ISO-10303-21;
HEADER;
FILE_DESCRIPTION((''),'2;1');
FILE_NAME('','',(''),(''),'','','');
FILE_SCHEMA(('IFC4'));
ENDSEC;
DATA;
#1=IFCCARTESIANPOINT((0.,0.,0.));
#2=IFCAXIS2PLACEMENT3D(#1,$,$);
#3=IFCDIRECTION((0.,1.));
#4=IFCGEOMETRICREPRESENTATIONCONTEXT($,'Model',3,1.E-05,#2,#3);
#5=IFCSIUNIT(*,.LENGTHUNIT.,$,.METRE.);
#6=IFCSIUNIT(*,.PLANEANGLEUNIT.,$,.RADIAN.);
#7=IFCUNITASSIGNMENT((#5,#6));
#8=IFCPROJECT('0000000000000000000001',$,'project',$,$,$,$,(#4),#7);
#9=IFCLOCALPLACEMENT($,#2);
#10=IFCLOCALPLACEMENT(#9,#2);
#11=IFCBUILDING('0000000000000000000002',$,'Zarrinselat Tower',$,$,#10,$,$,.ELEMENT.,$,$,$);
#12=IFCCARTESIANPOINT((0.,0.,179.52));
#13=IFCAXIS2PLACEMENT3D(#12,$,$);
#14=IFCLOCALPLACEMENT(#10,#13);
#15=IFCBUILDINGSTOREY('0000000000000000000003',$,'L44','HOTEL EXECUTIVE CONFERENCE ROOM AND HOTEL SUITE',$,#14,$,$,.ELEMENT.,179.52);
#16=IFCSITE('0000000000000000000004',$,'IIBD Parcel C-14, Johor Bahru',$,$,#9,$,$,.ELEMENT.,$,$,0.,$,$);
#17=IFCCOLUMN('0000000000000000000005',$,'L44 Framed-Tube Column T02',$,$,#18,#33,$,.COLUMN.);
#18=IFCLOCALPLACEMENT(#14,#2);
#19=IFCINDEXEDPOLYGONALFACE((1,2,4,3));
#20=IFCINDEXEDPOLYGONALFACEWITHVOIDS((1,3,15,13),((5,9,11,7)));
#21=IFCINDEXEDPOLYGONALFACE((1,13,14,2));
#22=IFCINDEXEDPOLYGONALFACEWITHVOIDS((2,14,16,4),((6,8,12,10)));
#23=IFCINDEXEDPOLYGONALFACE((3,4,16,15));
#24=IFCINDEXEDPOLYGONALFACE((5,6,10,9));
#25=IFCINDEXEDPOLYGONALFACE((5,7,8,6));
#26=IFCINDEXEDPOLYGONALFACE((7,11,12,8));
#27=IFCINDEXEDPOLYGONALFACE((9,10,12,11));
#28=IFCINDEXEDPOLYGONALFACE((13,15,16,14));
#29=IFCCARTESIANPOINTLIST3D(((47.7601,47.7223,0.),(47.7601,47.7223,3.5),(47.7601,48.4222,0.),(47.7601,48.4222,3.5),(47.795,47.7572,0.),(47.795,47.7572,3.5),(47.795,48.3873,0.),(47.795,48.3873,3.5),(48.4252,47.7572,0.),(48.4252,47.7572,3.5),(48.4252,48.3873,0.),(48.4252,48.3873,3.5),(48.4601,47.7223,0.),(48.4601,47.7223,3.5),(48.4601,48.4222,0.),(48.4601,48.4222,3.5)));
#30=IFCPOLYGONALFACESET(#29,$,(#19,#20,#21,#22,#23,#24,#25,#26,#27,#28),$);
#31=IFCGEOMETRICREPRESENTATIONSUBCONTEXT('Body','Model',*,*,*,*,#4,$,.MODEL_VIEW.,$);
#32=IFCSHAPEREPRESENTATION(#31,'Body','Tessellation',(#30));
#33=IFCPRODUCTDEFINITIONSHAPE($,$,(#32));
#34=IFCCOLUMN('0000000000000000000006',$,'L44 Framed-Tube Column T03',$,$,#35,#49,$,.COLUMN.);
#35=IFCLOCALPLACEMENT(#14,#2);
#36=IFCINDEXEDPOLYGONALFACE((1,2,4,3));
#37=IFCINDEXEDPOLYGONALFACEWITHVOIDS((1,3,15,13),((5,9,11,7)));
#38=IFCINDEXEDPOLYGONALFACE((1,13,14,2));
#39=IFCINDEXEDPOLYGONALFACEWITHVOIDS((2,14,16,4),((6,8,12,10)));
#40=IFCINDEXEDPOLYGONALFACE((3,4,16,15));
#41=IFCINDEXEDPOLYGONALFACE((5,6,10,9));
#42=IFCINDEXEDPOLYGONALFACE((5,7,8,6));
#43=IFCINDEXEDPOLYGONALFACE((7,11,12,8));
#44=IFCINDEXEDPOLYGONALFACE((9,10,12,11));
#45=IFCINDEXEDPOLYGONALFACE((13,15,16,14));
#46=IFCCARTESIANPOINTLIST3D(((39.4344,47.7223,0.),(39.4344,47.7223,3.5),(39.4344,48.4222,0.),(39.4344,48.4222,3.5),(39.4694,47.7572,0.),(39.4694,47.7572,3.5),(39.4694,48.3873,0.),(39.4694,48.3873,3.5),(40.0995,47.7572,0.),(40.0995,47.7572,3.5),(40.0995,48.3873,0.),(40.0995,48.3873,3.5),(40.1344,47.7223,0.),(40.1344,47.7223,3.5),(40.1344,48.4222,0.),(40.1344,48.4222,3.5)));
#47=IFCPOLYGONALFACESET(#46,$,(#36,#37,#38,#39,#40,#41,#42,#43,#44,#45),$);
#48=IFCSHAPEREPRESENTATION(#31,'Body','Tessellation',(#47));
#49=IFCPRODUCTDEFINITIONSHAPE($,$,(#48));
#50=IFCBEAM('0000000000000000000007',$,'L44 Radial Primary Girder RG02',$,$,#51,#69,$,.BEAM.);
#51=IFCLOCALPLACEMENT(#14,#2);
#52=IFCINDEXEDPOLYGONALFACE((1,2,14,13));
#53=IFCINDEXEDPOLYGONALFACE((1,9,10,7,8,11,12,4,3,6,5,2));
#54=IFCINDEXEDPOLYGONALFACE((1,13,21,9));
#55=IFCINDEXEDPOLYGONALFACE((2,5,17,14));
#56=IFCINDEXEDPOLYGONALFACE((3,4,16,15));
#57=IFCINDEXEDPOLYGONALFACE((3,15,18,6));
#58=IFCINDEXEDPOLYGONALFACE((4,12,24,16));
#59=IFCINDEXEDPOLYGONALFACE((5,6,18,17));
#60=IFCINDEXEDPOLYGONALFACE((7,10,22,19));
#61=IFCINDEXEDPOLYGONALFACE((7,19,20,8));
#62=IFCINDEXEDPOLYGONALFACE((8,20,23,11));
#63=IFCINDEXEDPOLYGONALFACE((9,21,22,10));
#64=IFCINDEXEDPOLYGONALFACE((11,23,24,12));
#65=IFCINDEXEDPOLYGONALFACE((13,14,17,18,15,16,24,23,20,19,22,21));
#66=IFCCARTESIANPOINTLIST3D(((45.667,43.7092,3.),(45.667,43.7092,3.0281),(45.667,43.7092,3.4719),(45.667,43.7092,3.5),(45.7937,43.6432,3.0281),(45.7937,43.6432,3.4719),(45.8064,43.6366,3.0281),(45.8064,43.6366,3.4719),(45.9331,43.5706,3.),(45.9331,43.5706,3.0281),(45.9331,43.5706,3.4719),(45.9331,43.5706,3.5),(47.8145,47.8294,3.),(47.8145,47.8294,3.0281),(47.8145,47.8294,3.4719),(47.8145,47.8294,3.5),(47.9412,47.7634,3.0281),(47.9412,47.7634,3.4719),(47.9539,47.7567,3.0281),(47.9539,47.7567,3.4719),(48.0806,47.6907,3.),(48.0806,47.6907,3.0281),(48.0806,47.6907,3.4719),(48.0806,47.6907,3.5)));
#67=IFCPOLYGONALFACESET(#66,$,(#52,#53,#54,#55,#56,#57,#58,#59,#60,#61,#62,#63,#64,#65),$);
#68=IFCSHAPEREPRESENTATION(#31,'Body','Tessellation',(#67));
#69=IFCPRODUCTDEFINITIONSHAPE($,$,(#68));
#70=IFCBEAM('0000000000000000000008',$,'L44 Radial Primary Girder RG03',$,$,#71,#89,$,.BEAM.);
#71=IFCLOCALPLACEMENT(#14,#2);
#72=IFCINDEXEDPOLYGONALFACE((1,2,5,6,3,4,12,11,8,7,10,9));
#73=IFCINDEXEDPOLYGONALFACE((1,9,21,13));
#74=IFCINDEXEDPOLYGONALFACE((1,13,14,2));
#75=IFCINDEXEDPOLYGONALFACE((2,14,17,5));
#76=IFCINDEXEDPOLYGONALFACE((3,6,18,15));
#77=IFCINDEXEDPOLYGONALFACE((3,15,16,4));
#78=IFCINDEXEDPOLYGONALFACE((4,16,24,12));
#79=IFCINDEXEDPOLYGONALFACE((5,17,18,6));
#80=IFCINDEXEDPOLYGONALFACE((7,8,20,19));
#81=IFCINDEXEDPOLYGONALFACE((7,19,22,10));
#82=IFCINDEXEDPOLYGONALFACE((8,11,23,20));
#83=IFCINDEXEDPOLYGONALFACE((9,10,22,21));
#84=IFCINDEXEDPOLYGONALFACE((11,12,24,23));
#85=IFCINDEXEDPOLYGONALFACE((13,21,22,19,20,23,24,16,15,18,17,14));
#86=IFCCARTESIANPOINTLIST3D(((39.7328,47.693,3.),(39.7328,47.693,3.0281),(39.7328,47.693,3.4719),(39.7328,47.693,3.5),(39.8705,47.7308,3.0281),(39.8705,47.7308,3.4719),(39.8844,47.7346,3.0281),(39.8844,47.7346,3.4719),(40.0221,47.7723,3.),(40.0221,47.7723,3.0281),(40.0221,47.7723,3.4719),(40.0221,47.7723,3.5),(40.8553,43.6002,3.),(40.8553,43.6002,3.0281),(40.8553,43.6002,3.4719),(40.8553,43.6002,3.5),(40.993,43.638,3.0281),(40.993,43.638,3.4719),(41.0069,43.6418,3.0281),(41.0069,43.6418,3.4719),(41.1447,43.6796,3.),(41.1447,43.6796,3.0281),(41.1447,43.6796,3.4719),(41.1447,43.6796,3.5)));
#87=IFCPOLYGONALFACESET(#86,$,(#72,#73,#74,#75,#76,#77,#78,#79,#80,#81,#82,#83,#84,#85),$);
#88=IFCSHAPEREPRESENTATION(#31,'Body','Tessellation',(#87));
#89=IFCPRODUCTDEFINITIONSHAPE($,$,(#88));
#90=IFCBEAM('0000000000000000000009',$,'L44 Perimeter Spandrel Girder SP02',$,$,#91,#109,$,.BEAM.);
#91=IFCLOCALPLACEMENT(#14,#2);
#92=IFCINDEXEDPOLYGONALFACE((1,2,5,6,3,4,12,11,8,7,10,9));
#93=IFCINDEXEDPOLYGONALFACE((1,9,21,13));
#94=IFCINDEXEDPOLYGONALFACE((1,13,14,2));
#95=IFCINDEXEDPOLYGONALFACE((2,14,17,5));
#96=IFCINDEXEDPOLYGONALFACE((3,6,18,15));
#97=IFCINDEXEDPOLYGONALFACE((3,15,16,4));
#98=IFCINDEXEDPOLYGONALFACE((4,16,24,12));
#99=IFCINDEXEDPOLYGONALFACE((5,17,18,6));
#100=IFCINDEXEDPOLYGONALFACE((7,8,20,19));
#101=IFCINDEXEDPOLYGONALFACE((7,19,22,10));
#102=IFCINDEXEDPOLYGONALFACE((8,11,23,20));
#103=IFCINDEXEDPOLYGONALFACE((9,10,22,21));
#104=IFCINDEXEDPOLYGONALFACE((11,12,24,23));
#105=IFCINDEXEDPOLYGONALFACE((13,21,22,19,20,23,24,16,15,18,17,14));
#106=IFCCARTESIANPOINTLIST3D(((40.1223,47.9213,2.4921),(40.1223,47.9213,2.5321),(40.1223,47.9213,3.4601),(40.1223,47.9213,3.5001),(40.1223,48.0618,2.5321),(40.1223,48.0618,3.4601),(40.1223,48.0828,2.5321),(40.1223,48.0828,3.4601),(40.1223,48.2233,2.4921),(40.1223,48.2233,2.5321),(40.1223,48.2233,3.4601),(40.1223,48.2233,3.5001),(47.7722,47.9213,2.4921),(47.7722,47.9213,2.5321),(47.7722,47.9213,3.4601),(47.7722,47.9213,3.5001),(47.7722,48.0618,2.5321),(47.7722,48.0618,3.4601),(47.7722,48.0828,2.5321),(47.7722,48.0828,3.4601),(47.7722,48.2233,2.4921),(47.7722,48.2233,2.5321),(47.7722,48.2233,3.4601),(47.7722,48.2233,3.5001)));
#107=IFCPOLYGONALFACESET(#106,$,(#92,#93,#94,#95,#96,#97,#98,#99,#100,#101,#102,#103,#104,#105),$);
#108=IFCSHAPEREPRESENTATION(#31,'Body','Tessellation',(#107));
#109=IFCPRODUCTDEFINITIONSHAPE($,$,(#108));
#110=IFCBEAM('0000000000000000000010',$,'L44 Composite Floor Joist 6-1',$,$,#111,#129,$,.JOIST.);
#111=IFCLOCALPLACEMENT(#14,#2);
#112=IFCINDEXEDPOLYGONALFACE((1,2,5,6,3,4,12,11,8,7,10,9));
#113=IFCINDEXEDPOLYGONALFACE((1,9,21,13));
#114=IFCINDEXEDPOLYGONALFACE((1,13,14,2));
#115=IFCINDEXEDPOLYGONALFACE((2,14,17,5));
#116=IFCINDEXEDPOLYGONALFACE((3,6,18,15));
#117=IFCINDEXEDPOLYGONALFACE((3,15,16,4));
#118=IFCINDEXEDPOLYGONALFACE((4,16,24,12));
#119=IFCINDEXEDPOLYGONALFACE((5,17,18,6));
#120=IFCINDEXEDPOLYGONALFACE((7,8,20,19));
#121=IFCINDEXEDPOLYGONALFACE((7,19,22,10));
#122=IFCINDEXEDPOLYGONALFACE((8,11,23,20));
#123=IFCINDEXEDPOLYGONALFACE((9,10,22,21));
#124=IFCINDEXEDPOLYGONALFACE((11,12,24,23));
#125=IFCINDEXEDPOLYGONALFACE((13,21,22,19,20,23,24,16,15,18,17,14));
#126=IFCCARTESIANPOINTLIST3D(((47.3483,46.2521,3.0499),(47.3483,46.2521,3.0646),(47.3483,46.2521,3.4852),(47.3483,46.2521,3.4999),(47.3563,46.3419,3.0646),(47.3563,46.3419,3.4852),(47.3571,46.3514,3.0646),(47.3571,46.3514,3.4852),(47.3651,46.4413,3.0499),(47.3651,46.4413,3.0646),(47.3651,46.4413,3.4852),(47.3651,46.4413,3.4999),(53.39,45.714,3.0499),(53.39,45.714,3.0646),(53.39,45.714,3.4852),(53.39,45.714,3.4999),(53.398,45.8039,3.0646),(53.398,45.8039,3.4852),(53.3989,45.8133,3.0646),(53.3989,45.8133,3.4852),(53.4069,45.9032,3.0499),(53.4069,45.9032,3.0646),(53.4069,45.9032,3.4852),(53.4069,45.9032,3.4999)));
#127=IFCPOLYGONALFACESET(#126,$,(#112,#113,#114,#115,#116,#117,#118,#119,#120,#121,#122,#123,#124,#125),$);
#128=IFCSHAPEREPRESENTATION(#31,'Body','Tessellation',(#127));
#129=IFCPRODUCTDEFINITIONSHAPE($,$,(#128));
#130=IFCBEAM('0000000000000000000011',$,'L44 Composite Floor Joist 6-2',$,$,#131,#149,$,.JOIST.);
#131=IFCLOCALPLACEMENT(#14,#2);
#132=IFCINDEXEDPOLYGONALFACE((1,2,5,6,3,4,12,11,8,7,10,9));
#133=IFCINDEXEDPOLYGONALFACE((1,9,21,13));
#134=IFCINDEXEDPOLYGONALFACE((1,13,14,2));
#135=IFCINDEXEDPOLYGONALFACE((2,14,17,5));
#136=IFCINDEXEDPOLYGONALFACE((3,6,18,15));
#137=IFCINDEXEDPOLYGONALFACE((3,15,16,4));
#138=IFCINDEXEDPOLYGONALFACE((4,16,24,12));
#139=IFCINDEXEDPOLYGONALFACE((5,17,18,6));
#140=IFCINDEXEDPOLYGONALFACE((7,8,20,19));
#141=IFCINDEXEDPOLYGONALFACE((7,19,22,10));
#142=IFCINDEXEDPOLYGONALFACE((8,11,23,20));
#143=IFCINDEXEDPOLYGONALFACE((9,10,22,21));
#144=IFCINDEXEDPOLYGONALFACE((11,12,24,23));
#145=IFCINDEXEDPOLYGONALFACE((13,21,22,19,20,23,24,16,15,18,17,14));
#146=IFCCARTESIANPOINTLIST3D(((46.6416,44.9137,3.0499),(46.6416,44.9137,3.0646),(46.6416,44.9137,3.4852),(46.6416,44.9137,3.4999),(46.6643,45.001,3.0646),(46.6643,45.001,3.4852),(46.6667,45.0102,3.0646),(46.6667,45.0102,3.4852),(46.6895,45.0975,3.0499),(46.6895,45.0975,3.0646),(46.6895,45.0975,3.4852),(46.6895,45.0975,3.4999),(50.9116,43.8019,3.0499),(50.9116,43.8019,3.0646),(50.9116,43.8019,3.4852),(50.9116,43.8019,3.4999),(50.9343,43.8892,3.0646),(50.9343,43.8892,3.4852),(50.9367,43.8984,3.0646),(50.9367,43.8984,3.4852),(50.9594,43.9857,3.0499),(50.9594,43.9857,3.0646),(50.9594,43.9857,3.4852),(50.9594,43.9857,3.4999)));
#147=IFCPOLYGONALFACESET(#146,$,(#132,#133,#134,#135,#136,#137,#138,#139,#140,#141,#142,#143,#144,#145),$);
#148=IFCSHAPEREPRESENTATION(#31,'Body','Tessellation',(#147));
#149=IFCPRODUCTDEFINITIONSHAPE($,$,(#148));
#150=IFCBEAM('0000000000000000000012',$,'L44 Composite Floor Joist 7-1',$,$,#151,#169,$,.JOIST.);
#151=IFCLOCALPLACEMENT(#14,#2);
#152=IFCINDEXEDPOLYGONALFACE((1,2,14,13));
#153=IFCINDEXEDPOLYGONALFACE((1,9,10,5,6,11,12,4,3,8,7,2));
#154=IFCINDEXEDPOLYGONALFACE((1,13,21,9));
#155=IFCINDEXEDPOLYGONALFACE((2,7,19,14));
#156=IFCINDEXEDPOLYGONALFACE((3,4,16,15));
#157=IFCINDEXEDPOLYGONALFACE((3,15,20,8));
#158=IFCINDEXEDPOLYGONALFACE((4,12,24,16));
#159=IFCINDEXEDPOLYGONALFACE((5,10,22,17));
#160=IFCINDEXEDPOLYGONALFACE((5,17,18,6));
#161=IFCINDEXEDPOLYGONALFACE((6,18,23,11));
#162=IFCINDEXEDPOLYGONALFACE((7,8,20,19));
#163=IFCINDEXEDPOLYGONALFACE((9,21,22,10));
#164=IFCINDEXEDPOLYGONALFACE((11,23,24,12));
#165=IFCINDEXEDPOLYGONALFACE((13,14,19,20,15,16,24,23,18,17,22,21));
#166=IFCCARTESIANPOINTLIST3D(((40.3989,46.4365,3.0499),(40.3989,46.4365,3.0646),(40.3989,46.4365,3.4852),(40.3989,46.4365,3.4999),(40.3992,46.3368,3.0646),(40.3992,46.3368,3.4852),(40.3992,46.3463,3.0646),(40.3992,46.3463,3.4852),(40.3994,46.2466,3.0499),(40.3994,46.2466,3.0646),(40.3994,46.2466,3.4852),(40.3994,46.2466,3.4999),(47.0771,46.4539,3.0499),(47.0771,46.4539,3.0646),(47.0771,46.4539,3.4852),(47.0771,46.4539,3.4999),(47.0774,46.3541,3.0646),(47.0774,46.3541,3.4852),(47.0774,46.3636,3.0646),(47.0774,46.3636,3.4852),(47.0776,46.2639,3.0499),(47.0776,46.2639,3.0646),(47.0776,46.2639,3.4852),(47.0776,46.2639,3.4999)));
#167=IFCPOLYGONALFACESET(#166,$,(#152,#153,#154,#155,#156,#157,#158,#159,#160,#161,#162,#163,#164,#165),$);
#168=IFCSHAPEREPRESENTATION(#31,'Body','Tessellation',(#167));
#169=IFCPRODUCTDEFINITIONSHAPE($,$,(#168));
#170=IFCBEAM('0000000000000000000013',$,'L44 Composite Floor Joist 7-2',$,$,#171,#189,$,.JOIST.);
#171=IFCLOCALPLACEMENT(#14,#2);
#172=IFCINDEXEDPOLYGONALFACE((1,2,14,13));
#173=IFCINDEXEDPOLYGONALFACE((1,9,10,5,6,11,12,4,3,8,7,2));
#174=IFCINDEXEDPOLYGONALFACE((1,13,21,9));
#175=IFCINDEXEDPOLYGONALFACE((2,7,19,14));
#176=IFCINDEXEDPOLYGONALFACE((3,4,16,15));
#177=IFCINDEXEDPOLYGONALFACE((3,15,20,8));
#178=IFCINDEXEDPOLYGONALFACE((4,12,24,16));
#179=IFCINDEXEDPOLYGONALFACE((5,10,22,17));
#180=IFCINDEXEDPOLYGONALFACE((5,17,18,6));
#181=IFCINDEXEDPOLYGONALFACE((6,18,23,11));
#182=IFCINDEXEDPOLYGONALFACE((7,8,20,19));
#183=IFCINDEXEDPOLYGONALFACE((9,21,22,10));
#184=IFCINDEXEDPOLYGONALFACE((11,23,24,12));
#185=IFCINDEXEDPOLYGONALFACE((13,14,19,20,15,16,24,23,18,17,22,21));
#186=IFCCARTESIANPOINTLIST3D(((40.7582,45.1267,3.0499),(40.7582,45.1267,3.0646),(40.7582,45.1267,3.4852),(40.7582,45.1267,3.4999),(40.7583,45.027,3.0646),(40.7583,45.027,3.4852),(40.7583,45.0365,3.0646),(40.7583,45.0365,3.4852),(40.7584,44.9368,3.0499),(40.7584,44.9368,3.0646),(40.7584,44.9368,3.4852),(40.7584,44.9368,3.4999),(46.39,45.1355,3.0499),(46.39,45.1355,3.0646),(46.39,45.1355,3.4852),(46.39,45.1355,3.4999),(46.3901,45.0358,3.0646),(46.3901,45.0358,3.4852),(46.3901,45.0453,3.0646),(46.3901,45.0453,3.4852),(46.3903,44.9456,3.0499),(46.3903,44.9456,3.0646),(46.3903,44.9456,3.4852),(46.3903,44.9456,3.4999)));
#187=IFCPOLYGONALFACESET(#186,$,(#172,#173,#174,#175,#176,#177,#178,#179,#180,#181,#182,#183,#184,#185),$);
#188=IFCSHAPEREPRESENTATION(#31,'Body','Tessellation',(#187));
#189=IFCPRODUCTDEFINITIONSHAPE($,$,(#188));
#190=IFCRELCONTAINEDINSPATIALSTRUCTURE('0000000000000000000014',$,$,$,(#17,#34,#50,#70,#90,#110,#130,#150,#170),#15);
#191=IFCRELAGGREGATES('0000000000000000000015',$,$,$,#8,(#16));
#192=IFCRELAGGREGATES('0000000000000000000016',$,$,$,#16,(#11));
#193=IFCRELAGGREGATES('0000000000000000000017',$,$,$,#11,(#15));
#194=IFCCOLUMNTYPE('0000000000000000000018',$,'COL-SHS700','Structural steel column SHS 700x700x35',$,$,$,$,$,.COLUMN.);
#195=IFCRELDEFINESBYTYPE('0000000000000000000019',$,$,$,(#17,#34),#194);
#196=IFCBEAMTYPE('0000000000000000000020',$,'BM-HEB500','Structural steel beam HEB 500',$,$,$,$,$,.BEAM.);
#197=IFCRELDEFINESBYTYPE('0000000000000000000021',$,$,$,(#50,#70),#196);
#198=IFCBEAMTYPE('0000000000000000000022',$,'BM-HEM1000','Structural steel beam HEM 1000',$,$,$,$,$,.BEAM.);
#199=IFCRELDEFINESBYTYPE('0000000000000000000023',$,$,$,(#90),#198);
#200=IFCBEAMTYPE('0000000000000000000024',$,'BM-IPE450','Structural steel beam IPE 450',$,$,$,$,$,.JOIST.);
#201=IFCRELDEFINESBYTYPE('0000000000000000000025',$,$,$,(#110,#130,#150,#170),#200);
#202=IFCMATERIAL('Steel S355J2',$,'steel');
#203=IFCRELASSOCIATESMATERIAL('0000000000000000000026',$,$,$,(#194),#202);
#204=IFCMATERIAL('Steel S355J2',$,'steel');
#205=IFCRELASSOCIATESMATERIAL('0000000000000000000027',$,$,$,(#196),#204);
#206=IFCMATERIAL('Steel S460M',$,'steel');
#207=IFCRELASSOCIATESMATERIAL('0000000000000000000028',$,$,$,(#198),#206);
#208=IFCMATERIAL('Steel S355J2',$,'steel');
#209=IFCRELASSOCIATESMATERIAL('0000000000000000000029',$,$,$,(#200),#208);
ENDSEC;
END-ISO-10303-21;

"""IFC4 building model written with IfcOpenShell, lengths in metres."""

from ifc_helpers import new_model, si_unit, direction, frame, origin, origin_2d, place, context, subcontext, project, spatial, hollow_rectangle, i_section, extrude, material, material_profile, profile_set, type_object, element, save


model = new_model("IFC4")

# Units and contexts
model_context = context("Model", 3, precision=1e-05, world=origin(), true_north=direction((0.0, 1.0)))
body_context = subcontext(model_context, "Body", "Model", "MODEL_VIEW")
ifc_project = project(units=[si_unit("LENGTHUNIT", "METRE"), si_unit("PLANEANGLEUNIT", "RADIAN")], contexts=[model_context])

# Site, building, storey
site_placement = place(None, origin())
site = spatial("IfcSite", under=ifc_project, at=site_placement, Name="IIBD Parcel C-14, Johor Bahru", CompositionType="ELEMENT", RefElevation=0.0)
building_placement = place(site_placement, origin())
building = spatial("IfcBuilding", under=site, at=building_placement, Name="Zarrinselat Tower", CompositionType="ELEMENT")
storey_placement = place(building_placement, frame((0.0, 0.0, 179.52)))
storey = spatial("IfcBuildingStorey", under=building, at=storey_placement, Name="L44", Description="HOTEL EXECUTIVE CONFERENCE ROOM AND HOTEL SUITE", CompositionType="ELEMENT", Elevation=179.52)

# Columns
ifc_material_1 = material(Name="Steel S355J2", Category="steel")
ifc_material_profile_1 = material_profile(ifc_material_1, hollow_rectangle(XDim=0.7, YDim=0.7, WallThickness=0.0349, at=origin_2d()), Name="SHS 700x700x35")
ifc_profile_set_1 = profile_set([ifc_material_profile_1], Name="Steel S355J2")
column_type = type_object("IfcColumnType", Name="COL-SHS700", Description="Structural steel column SHS 700x700x35", PredefinedType="COLUMN", material=ifc_profile_set_1)
for number, where, z_axis, x_axis, name in (
    (1, (48.1101, 48.0723, 0.0), (0.0, 0.0, 1.0), (1.0, 0.0, 0.0), "L44 Framed-Tube Column T02"),
    (2, (39.7844, 48.0723, 0.0), (0.0, 0.0, 1.0), (1.0, 0.0, 0.0), "L44 Framed-Tube Column T03"),
):
    element("IfcColumn", number, at=place(storey_placement, frame(where, z_axis=z_axis, x_axis=x_axis)), inside=storey, type_object=column_type, Name=name, PredefinedType="COLUMN", context=body_context, shape_type="SweptSolid", body=[
        extrude(hollow_rectangle(XDim=0.7, YDim=0.7, WallThickness=0.0349, at=origin_2d()), origin(), (0.0, 0.0, 1.0), 3.5),
    ])

# Beams
ifc_material_2 = material(Name="Steel S355J2", Category="steel")
ifc_material_profile_2 = material_profile(ifc_material_2, i_section(OverallWidth=0.3, OverallDepth=0.5, WebThickness=0.0144, FlangeThickness=0.0281, at=origin_2d()), Name="HEB 500")
ifc_profile_set_2 = profile_set([ifc_material_profile_2], Name="Steel S355J2")
beam_type_1 = type_object("IfcBeamType", Name="BM-HEB500", Description="Structural steel beam HEB 500", PredefinedType="BEAM", material=ifc_profile_set_2)
beam_1_placement = place(storey_placement, frame((45.8, 43.6399, 3.25), z_axis=(0.4622, 0.886776, 0.0), x_axis=(-0.886776, 0.4622, 0.0)))
element("IfcBeam", 3, at=beam_1_placement, inside=storey, type_object=beam_type_1, Name="L44 Radial Primary Girder RG02", PredefinedType="BEAM", context=body_context, shape_type="SweptSolid", body=[
    extrude(i_section(OverallWidth=0.3, OverallDepth=0.5, WebThickness=0.0144, FlangeThickness=0.0281, at=origin_2d()), origin(), (0.0, 0.0, 1.0), 4.6462),
])
beam_2_placement = place(storey_placement, frame((39.8774, 47.7327, 3.25), z_axis=(0.264509, -0.964383, 0.0), x_axis=(0.964383, 0.264509, 0.0)))
element("IfcBeam", 4, at=beam_2_placement, inside=storey, type_object=beam_type_1, Name="L44 Radial Primary Girder RG03", PredefinedType="BEAM", context=body_context, shape_type="SweptSolid", body=[
    extrude(i_section(OverallWidth=0.3, OverallDepth=0.5, WebThickness=0.0144, FlangeThickness=0.0281, at=origin_2d()), origin(), (0.0, 0.0, 1.0), 4.2439),
])
ifc_material_3 = material(Name="Steel S460M", Category="steel")
ifc_material_profile_3 = material_profile(ifc_material_3, i_section(OverallWidth=0.302, OverallDepth=1.0081, WebThickness=0.021, FlangeThickness=0.04, at=origin_2d()), Name="HEM 1000")
ifc_profile_set_3 = profile_set([ifc_material_profile_3], Name="Steel S460M")
beam_type_2 = type_object("IfcBeamType", Name="BM-HEM1000", Description="Structural steel beam HEM 1000", PredefinedType="BEAM", material=ifc_profile_set_3)
beam_3_placement = place(storey_placement, frame((40.1223, 48.0723, 2.9961), z_axis=(1.0, 0.0, 0.0), x_axis=(0.0, 1.0, 0.0)))
element("IfcBeam", 5, at=beam_3_placement, inside=storey, type_object=beam_type_2, Name="L44 Perimeter Spandrel Girder SP02", PredefinedType="BEAM", context=body_context, shape_type="SweptSolid", body=[
    extrude(i_section(OverallWidth=0.302, OverallDepth=1.0081, WebThickness=0.021, FlangeThickness=0.04, at=origin_2d()), origin(), (0.0, 0.0, 1.0), 7.6499),
])
ifc_material_4 = material(Name="Steel S355J2", Category="steel")
ifc_material_profile_4 = material_profile(ifc_material_4, i_section(OverallWidth=0.1899, OverallDepth=0.45, WebThickness=0.0095, FlangeThickness=0.0146, at=origin_2d()), Name="IPE 450")
ifc_profile_set_4 = profile_set([ifc_material_profile_4], Name="Steel S355J2")
beam_type_3 = type_object("IfcBeamType", Name="BM-IPE450", Description="Structural steel beam IPE 450", PredefinedType="JOIST", material=ifc_profile_set_4)
beam_4_placement = place(storey_placement, frame((47.3567, 46.3467, 3.2749), z_axis=(0.996057, -0.08871, 0.0), x_axis=(0.08871, 0.996057, 0.0)))
element("IfcBeam", 6, at=beam_4_placement, inside=storey, type_object=beam_type_3, Name="L44 Composite Floor Joist 6-1", PredefinedType="JOIST", context=body_context, shape_type="SweptSolid", body=[
    extrude(i_section(OverallWidth=0.1899, OverallDepth=0.45, WebThickness=0.0095, FlangeThickness=0.0146, at=origin_2d()), origin(), (0.0, 0.0, 1.0), 6.0657),
])
beam_5_placement = place(storey_placement, frame((46.6655, 45.0056, 3.2749), z_axis=(0.967734, -0.251976, 0.0), x_axis=(0.251976, 0.967734, 0.0)))
element("IfcBeam", 7, at=beam_5_placement, inside=storey, type_object=beam_type_3, Name="L44 Composite Floor Joist 6-2", PredefinedType="JOIST", context=body_context, shape_type="SweptSolid", body=[
    extrude(i_section(OverallWidth=0.1899, OverallDepth=0.45, WebThickness=0.0095, FlangeThickness=0.0146, at=origin_2d()), origin(), (0.0, 0.0, 1.0), 4.4124),
])
beam_6_placement = place(storey_placement, frame((40.3992, 46.3416, 3.2749), z_axis=(0.999997, 0.002596, 0.0), x_axis=(-0.002596, 0.999997, 0.0)))
element("IfcBeam", 8, at=beam_6_placement, inside=storey, type_object=beam_type_3, Name="L44 Composite Floor Joist 7-1", PredefinedType="JOIST", context=body_context, shape_type="SweptSolid", body=[
    extrude(i_section(OverallWidth=0.1899, OverallDepth=0.45, WebThickness=0.0095, FlangeThickness=0.0146, at=origin_2d()), origin(), (0.0, 0.0, 1.0), 6.6782),
])
beam_7_placement = place(storey_placement, frame((40.7583, 45.0317, 3.2749), z_axis=(0.999999, 0.001561, 0.0), x_axis=(-0.001561, 0.999999, 0.0)))
element("IfcBeam", 9, at=beam_7_placement, inside=storey, type_object=beam_type_3, Name="L44 Composite Floor Joist 7-2", PredefinedType="JOIST", context=body_context, shape_type="SweptSolid", body=[
    extrude(i_section(OverallWidth=0.1899, OverallDepth=0.45, WebThickness=0.0095, FlangeThickness=0.0146, at=origin_2d()), origin(), (0.0, 0.0, 1.0), 5.6318),
])

save(model, "model.ifc")
